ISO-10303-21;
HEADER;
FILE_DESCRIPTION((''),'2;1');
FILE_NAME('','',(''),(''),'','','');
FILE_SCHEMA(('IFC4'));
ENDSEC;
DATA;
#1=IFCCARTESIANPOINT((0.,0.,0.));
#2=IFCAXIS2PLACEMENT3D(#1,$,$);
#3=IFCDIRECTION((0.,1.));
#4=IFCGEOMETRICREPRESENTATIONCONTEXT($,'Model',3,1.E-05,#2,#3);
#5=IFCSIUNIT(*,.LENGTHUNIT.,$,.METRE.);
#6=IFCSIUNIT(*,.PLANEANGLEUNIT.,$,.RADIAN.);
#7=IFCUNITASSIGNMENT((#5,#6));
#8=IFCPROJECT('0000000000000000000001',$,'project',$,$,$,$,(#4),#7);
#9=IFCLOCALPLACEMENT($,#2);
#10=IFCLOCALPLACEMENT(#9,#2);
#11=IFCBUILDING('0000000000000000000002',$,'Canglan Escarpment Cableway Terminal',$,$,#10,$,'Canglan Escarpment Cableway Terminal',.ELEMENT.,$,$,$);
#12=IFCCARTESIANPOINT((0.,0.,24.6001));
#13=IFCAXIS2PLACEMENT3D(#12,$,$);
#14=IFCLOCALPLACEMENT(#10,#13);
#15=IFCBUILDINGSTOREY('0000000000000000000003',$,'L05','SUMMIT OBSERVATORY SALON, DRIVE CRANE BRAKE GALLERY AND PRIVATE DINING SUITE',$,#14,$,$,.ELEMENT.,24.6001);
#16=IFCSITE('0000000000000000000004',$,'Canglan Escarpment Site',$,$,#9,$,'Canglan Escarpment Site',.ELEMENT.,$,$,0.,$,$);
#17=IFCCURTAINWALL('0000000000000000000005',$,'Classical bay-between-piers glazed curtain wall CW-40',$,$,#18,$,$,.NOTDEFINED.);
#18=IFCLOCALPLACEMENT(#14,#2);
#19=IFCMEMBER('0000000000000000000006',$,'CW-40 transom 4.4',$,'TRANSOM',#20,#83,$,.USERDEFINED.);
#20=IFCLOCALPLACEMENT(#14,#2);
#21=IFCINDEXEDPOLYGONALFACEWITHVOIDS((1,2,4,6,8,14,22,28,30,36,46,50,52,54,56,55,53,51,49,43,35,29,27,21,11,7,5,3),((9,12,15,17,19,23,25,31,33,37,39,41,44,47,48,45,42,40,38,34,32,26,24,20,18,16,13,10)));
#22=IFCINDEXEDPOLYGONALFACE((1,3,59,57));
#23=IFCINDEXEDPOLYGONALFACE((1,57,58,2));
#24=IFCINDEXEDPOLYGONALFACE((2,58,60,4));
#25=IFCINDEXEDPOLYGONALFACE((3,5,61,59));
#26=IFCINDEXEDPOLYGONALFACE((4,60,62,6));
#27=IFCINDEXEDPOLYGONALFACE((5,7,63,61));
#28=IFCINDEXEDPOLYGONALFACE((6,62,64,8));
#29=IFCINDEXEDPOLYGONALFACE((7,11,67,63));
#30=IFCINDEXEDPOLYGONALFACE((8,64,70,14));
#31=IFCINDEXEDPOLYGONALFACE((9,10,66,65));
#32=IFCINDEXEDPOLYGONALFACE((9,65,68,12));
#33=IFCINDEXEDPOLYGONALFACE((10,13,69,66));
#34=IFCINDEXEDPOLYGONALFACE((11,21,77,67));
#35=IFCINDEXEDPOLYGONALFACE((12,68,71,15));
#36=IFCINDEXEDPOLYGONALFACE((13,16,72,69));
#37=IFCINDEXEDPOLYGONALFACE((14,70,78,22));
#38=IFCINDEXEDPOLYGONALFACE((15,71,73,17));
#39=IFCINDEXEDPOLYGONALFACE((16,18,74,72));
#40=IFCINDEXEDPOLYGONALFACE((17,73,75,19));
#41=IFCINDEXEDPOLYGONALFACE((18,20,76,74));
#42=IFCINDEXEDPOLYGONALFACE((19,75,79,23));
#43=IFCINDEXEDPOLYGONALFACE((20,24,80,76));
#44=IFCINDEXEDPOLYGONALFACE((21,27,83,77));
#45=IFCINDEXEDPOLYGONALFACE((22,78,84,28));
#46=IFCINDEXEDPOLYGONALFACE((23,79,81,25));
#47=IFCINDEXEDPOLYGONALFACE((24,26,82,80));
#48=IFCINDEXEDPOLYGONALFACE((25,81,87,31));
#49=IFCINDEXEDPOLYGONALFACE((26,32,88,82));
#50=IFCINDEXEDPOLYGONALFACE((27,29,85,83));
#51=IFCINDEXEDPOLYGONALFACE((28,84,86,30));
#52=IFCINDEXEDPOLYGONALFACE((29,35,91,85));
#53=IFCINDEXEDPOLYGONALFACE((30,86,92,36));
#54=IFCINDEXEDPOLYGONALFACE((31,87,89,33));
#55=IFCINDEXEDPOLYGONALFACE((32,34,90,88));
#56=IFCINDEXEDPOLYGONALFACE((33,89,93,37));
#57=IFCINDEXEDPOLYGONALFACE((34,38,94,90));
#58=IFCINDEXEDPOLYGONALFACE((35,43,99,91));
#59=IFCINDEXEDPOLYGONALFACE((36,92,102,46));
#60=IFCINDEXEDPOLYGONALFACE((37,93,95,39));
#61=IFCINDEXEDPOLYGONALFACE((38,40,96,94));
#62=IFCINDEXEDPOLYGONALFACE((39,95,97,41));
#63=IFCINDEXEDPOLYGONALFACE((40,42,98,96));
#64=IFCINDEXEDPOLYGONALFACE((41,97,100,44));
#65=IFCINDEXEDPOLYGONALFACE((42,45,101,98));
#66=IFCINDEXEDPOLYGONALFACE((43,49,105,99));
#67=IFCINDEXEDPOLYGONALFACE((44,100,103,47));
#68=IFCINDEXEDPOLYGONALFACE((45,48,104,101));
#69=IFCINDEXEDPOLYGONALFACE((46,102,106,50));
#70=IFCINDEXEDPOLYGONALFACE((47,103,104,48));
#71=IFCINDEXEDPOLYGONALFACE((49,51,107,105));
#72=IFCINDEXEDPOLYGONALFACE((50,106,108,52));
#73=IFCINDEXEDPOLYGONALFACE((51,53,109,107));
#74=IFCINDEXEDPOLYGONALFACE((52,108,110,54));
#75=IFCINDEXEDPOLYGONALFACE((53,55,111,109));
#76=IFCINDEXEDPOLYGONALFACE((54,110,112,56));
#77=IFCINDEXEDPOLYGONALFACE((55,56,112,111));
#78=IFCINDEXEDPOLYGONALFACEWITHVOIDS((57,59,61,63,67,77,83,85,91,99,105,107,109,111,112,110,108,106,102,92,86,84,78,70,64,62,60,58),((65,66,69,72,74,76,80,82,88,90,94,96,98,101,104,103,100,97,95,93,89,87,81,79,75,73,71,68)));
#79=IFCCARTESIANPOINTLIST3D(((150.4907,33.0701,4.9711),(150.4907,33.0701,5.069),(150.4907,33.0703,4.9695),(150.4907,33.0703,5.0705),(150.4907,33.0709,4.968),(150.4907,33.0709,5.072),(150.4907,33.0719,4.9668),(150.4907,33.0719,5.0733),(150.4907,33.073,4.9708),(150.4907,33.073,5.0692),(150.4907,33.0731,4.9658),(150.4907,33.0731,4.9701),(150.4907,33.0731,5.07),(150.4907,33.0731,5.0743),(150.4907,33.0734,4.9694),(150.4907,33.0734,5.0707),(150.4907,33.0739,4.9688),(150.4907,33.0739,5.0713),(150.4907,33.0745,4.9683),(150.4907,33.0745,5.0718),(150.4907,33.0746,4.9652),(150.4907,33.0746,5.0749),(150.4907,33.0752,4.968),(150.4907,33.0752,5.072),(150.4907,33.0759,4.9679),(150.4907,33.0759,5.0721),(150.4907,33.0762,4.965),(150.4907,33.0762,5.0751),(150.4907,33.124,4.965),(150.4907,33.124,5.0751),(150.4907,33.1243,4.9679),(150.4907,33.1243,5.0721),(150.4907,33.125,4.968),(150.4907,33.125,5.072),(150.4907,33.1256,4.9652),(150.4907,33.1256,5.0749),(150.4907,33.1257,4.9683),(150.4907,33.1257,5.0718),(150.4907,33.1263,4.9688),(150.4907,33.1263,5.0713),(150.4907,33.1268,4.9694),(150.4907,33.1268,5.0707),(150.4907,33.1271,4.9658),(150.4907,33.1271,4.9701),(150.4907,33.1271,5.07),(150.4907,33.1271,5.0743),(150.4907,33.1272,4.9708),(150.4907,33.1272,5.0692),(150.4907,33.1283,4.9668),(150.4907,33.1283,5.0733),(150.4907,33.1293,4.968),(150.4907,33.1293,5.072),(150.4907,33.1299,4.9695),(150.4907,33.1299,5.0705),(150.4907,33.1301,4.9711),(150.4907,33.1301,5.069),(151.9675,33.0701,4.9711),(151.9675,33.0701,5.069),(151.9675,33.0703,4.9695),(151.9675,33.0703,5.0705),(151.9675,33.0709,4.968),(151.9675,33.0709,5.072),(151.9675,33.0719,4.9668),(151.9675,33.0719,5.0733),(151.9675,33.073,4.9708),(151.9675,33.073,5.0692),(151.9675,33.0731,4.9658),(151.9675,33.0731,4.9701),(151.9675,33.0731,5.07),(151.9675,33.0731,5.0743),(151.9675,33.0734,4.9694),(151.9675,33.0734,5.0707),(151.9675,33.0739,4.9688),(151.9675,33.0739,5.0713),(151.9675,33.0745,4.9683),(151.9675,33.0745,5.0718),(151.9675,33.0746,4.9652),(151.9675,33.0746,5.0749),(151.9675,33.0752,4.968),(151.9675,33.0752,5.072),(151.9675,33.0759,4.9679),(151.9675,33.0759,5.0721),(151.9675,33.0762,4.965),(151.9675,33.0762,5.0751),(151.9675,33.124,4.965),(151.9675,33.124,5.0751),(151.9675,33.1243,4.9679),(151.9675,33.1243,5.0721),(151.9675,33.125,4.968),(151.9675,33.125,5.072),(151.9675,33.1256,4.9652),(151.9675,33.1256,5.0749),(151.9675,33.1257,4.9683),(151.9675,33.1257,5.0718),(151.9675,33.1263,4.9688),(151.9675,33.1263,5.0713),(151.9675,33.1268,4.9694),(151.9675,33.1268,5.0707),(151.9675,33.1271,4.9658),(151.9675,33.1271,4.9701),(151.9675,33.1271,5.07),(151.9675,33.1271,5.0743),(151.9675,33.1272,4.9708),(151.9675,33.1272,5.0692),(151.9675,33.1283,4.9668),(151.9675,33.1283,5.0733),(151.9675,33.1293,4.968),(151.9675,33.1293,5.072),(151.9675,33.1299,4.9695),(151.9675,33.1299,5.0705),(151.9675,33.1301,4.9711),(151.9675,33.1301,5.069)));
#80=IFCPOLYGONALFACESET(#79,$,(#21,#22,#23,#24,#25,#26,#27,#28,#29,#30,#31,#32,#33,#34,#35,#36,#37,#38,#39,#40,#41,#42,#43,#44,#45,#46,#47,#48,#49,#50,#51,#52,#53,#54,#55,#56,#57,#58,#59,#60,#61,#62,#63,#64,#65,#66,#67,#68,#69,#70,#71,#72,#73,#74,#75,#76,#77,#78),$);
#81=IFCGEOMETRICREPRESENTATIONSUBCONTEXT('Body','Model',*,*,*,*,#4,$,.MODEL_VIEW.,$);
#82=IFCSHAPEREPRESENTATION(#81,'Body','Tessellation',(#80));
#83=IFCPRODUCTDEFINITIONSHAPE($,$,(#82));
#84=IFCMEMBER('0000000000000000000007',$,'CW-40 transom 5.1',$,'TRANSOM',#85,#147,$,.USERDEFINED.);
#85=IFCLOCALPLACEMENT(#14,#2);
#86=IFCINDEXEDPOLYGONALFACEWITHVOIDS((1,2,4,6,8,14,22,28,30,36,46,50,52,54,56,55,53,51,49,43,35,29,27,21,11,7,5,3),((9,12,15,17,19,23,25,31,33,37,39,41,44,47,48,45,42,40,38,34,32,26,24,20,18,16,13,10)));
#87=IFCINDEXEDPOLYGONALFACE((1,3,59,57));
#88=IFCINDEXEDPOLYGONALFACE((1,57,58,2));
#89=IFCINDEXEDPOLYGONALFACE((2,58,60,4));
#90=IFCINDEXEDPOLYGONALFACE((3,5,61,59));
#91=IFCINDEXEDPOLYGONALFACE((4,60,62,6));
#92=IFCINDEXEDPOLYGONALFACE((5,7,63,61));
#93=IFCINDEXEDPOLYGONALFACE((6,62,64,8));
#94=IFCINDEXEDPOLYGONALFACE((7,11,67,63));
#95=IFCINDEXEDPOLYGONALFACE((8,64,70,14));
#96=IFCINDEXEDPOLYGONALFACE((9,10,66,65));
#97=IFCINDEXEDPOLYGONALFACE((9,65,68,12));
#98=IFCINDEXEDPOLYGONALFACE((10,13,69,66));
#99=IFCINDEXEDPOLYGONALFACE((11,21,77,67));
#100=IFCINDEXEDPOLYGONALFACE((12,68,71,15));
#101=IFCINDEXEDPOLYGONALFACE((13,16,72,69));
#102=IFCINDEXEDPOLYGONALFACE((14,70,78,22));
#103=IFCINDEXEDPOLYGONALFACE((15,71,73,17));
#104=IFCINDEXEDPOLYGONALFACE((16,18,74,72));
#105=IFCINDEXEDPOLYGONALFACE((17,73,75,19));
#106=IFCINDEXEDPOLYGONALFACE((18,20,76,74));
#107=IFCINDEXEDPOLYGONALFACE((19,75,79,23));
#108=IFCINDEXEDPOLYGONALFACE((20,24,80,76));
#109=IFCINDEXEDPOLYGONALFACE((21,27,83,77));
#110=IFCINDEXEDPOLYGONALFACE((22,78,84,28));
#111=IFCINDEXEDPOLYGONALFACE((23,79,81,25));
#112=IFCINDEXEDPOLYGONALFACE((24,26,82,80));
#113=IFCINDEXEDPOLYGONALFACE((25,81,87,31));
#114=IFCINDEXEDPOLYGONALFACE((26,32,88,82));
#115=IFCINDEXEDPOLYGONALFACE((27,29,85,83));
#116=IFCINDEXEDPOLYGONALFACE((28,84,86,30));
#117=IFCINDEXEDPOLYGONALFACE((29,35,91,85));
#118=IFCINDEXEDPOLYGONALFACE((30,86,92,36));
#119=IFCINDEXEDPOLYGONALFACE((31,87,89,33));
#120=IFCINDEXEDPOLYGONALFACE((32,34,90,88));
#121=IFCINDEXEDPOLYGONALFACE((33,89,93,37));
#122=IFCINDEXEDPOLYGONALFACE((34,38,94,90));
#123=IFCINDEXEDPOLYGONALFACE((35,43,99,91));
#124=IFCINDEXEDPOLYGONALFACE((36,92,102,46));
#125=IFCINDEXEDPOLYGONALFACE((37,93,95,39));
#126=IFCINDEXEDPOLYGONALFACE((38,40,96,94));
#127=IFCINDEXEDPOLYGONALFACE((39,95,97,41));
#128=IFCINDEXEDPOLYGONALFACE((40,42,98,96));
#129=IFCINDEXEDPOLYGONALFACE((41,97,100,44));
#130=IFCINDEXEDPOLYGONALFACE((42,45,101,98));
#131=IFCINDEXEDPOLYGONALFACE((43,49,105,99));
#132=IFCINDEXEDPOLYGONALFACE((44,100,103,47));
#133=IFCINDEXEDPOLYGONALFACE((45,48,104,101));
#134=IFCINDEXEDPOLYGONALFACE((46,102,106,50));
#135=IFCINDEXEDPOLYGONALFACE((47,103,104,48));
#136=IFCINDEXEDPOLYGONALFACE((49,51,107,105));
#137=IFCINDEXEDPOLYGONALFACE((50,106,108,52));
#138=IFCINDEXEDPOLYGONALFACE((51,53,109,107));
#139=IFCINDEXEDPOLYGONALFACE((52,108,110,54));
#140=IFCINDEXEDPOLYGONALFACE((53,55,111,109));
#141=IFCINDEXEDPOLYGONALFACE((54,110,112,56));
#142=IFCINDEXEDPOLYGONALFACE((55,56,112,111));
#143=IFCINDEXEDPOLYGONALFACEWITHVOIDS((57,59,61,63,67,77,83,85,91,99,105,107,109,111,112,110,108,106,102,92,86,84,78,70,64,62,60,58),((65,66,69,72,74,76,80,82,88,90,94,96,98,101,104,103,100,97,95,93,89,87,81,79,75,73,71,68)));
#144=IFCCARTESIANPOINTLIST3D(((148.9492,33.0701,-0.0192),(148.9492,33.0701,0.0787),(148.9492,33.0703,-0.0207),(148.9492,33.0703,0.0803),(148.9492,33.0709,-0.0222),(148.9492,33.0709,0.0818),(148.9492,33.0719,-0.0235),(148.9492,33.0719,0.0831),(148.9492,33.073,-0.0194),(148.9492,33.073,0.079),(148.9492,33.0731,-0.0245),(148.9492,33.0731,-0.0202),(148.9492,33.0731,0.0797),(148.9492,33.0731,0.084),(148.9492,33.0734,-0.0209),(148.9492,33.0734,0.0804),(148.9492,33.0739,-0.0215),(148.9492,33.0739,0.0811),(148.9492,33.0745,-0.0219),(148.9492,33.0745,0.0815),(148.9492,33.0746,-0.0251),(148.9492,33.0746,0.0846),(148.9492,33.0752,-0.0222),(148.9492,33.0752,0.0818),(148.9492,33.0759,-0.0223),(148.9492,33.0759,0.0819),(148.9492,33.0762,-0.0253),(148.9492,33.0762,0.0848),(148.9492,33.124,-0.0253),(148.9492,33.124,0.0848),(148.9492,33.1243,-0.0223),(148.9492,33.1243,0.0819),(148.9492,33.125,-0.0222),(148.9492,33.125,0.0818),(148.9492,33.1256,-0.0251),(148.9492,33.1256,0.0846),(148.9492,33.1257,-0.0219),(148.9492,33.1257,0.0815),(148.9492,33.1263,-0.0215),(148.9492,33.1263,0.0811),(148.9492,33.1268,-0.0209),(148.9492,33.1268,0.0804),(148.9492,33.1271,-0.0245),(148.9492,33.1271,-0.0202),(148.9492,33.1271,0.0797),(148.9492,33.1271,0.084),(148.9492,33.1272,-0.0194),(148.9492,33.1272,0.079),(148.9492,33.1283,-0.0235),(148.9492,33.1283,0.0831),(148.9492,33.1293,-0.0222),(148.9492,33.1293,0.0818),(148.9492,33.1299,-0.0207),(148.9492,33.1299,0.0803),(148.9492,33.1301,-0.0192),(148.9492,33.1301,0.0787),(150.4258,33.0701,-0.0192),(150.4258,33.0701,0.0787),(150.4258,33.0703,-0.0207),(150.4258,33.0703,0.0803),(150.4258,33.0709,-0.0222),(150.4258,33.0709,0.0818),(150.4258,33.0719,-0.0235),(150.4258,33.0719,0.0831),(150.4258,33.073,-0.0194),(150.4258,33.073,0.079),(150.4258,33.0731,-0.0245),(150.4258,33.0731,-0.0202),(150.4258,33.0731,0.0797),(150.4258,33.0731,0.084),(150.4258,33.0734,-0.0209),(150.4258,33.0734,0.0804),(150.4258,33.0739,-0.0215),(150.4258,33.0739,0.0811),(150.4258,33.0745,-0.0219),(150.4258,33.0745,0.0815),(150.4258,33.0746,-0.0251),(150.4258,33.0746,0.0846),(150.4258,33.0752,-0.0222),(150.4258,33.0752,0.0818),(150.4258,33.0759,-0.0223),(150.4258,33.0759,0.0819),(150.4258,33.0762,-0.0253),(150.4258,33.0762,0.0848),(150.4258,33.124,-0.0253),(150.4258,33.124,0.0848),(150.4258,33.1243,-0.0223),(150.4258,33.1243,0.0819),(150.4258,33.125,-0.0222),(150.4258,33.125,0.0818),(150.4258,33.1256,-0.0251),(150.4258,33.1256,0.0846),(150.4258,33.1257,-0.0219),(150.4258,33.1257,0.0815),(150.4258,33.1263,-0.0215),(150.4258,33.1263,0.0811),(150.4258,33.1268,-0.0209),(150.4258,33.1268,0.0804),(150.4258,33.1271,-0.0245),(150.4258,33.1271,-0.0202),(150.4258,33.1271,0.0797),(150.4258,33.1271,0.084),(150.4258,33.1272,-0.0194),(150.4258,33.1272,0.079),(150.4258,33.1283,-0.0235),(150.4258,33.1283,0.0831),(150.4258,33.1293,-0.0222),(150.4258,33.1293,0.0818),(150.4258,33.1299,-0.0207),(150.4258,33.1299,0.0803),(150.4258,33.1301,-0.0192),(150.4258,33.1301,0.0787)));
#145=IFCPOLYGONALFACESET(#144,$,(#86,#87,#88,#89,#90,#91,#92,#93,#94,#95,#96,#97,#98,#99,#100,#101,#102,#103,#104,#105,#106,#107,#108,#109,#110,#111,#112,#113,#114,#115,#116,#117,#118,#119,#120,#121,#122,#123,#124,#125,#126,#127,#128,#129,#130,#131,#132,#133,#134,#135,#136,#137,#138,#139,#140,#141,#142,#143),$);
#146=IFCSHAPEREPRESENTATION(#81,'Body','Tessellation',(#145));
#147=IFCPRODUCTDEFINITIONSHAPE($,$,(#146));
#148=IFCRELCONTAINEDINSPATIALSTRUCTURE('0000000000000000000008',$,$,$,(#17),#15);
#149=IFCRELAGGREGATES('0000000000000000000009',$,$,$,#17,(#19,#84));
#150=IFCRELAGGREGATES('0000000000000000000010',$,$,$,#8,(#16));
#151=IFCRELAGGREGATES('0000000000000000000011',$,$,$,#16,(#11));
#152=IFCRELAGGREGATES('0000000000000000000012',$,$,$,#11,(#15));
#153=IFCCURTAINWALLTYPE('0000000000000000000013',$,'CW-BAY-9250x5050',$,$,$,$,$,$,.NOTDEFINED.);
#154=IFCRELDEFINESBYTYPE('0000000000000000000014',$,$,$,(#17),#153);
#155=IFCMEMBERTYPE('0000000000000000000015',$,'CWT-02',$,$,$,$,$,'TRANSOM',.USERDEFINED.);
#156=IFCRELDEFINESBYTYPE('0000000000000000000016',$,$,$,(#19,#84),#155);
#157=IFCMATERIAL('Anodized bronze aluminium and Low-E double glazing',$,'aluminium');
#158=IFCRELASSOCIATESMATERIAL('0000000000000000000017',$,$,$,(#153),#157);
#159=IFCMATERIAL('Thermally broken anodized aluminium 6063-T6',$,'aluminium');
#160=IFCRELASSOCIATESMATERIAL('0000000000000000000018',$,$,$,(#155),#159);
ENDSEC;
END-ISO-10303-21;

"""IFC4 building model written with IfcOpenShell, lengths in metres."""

from ifc_helpers import new_model, si_unit, direction, frame, origin, origin_2d, place, context, subcontext, project, spatial, hollow_rectangle, extrude, material, material_profile, profile_set, type_object, element, aggregate, save


model = new_model("IFC4")

# Units and contexts
model_context = context("Model", 3, precision=1e-05, world=origin(), true_north=direction((0.0, 1.0)))
body_context = subcontext(model_context, "Body", "Model", "MODEL_VIEW")
ifc_project = project(units=[si_unit("LENGTHUNIT", "METRE"), si_unit("PLANEANGLEUNIT", "RADIAN")], contexts=[model_context])

# Site, building, storey
site_placement = place(None, origin())
site = spatial("IfcSite", under=ifc_project, at=site_placement, Name="Canglan Escarpment Site", LongName="Canglan Escarpment Site", CompositionType="ELEMENT", RefElevation=0.0)
building_placement = place(site_placement, origin())
building = spatial("IfcBuilding", under=site, at=building_placement, Name="Canglan Escarpment Cableway Terminal", LongName="Canglan Escarpment Cableway Terminal", CompositionType="ELEMENT")
storey_placement = place(building_placement, frame((0.0, 0.0, 24.6001)))
storey = spatial("IfcBuildingStorey", under=building, at=storey_placement, Name="L05", Description="SUMMIT OBSERVATORY SALON, DRIVE CRANE BRAKE GALLERY AND PRIVATE DINING SUITE", CompositionType="ELEMENT", Elevation=24.6001)

# Shared definitions
ifc_material_1 = material(Name="Anodized bronze aluminium and Low-E double glazing", Category="aluminium")
ifc_material_2 = material(Name="Thermally broken anodized aluminium 6063-T6", Category="aluminium")

# Curtain wall
curtain_wall_type_1 = type_object("IfcCurtainWallType", Name="CW-BAY-9250x5050", PredefinedType="NOTDEFINED", material=ifc_material_1)
curtain_wall_1_placement = place(storey_placement, origin())
curtain_wall_1 = element("IfcCurtainWall", 1, at=curtain_wall_1_placement, inside=storey, type_object=curtain_wall_type_1, Name="Classical bay-between-piers glazed curtain wall CW-40", PredefinedType="NOTDEFINED")

# Members
ifc_material_profile_1 = material_profile(ifc_material_2, hollow_rectangle(XDim=0.0601, YDim=0.1101, WallThickness=0.0029, InnerFilletRadius=0.0029, OuterFilletRadius=0.0061, at=origin_2d()), Name="ALU-TRAN 60x110x3")
ifc_profile_set_1 = profile_set([ifc_material_profile_1], Name="Thermally broken anodized aluminium 6063-T6")
member_type_1 = type_object("IfcMemberType", Name="CWT-02", ElementType="TRANSOM", PredefinedType="USERDEFINED", material=ifc_profile_set_1)
member_1_placement = place(storey_placement, frame((151.9675, 33.1001, 5.02), z_axis=(-1.0, 0.0, 0.0), x_axis=(0.0, -1.0, 0.0)))
member_1 = element("IfcMember", 2, at=member_1_placement, type_object=member_type_1, Name="CW-40 transom 4.4", ObjectType="TRANSOM", PredefinedType="USERDEFINED", context=body_context, shape_type="SweptSolid", body=[
    extrude(hollow_rectangle(XDim=0.0601, YDim=0.1101, WallThickness=0.0029, InnerFilletRadius=0.0029, OuterFilletRadius=0.0061, at=origin_2d()), origin(), (0.0, 0.0, 1.0), 1.4768),
])
member_2_placement = place(storey_placement, frame((150.4258, 33.1001, 0.0298), z_axis=(-1.0, 0.0, 0.0), x_axis=(0.0, -1.0, 0.0)))
member_2 = element("IfcMember", 3, at=member_2_placement, type_object=member_type_1, Name="CW-40 transom 5.1", ObjectType="TRANSOM", PredefinedType="USERDEFINED", context=body_context, shape_type="SweptSolid", body=[
    extrude(hollow_rectangle(XDim=0.0601, YDim=0.1101, WallThickness=0.0029, InnerFilletRadius=0.0029, OuterFilletRadius=0.0061, at=origin_2d()), origin(), (0.0, 0.0, 1.0), 1.4766),
])

aggregate(curtain_wall_1, [member_1, member_2])

save(model, "model.ifc")
